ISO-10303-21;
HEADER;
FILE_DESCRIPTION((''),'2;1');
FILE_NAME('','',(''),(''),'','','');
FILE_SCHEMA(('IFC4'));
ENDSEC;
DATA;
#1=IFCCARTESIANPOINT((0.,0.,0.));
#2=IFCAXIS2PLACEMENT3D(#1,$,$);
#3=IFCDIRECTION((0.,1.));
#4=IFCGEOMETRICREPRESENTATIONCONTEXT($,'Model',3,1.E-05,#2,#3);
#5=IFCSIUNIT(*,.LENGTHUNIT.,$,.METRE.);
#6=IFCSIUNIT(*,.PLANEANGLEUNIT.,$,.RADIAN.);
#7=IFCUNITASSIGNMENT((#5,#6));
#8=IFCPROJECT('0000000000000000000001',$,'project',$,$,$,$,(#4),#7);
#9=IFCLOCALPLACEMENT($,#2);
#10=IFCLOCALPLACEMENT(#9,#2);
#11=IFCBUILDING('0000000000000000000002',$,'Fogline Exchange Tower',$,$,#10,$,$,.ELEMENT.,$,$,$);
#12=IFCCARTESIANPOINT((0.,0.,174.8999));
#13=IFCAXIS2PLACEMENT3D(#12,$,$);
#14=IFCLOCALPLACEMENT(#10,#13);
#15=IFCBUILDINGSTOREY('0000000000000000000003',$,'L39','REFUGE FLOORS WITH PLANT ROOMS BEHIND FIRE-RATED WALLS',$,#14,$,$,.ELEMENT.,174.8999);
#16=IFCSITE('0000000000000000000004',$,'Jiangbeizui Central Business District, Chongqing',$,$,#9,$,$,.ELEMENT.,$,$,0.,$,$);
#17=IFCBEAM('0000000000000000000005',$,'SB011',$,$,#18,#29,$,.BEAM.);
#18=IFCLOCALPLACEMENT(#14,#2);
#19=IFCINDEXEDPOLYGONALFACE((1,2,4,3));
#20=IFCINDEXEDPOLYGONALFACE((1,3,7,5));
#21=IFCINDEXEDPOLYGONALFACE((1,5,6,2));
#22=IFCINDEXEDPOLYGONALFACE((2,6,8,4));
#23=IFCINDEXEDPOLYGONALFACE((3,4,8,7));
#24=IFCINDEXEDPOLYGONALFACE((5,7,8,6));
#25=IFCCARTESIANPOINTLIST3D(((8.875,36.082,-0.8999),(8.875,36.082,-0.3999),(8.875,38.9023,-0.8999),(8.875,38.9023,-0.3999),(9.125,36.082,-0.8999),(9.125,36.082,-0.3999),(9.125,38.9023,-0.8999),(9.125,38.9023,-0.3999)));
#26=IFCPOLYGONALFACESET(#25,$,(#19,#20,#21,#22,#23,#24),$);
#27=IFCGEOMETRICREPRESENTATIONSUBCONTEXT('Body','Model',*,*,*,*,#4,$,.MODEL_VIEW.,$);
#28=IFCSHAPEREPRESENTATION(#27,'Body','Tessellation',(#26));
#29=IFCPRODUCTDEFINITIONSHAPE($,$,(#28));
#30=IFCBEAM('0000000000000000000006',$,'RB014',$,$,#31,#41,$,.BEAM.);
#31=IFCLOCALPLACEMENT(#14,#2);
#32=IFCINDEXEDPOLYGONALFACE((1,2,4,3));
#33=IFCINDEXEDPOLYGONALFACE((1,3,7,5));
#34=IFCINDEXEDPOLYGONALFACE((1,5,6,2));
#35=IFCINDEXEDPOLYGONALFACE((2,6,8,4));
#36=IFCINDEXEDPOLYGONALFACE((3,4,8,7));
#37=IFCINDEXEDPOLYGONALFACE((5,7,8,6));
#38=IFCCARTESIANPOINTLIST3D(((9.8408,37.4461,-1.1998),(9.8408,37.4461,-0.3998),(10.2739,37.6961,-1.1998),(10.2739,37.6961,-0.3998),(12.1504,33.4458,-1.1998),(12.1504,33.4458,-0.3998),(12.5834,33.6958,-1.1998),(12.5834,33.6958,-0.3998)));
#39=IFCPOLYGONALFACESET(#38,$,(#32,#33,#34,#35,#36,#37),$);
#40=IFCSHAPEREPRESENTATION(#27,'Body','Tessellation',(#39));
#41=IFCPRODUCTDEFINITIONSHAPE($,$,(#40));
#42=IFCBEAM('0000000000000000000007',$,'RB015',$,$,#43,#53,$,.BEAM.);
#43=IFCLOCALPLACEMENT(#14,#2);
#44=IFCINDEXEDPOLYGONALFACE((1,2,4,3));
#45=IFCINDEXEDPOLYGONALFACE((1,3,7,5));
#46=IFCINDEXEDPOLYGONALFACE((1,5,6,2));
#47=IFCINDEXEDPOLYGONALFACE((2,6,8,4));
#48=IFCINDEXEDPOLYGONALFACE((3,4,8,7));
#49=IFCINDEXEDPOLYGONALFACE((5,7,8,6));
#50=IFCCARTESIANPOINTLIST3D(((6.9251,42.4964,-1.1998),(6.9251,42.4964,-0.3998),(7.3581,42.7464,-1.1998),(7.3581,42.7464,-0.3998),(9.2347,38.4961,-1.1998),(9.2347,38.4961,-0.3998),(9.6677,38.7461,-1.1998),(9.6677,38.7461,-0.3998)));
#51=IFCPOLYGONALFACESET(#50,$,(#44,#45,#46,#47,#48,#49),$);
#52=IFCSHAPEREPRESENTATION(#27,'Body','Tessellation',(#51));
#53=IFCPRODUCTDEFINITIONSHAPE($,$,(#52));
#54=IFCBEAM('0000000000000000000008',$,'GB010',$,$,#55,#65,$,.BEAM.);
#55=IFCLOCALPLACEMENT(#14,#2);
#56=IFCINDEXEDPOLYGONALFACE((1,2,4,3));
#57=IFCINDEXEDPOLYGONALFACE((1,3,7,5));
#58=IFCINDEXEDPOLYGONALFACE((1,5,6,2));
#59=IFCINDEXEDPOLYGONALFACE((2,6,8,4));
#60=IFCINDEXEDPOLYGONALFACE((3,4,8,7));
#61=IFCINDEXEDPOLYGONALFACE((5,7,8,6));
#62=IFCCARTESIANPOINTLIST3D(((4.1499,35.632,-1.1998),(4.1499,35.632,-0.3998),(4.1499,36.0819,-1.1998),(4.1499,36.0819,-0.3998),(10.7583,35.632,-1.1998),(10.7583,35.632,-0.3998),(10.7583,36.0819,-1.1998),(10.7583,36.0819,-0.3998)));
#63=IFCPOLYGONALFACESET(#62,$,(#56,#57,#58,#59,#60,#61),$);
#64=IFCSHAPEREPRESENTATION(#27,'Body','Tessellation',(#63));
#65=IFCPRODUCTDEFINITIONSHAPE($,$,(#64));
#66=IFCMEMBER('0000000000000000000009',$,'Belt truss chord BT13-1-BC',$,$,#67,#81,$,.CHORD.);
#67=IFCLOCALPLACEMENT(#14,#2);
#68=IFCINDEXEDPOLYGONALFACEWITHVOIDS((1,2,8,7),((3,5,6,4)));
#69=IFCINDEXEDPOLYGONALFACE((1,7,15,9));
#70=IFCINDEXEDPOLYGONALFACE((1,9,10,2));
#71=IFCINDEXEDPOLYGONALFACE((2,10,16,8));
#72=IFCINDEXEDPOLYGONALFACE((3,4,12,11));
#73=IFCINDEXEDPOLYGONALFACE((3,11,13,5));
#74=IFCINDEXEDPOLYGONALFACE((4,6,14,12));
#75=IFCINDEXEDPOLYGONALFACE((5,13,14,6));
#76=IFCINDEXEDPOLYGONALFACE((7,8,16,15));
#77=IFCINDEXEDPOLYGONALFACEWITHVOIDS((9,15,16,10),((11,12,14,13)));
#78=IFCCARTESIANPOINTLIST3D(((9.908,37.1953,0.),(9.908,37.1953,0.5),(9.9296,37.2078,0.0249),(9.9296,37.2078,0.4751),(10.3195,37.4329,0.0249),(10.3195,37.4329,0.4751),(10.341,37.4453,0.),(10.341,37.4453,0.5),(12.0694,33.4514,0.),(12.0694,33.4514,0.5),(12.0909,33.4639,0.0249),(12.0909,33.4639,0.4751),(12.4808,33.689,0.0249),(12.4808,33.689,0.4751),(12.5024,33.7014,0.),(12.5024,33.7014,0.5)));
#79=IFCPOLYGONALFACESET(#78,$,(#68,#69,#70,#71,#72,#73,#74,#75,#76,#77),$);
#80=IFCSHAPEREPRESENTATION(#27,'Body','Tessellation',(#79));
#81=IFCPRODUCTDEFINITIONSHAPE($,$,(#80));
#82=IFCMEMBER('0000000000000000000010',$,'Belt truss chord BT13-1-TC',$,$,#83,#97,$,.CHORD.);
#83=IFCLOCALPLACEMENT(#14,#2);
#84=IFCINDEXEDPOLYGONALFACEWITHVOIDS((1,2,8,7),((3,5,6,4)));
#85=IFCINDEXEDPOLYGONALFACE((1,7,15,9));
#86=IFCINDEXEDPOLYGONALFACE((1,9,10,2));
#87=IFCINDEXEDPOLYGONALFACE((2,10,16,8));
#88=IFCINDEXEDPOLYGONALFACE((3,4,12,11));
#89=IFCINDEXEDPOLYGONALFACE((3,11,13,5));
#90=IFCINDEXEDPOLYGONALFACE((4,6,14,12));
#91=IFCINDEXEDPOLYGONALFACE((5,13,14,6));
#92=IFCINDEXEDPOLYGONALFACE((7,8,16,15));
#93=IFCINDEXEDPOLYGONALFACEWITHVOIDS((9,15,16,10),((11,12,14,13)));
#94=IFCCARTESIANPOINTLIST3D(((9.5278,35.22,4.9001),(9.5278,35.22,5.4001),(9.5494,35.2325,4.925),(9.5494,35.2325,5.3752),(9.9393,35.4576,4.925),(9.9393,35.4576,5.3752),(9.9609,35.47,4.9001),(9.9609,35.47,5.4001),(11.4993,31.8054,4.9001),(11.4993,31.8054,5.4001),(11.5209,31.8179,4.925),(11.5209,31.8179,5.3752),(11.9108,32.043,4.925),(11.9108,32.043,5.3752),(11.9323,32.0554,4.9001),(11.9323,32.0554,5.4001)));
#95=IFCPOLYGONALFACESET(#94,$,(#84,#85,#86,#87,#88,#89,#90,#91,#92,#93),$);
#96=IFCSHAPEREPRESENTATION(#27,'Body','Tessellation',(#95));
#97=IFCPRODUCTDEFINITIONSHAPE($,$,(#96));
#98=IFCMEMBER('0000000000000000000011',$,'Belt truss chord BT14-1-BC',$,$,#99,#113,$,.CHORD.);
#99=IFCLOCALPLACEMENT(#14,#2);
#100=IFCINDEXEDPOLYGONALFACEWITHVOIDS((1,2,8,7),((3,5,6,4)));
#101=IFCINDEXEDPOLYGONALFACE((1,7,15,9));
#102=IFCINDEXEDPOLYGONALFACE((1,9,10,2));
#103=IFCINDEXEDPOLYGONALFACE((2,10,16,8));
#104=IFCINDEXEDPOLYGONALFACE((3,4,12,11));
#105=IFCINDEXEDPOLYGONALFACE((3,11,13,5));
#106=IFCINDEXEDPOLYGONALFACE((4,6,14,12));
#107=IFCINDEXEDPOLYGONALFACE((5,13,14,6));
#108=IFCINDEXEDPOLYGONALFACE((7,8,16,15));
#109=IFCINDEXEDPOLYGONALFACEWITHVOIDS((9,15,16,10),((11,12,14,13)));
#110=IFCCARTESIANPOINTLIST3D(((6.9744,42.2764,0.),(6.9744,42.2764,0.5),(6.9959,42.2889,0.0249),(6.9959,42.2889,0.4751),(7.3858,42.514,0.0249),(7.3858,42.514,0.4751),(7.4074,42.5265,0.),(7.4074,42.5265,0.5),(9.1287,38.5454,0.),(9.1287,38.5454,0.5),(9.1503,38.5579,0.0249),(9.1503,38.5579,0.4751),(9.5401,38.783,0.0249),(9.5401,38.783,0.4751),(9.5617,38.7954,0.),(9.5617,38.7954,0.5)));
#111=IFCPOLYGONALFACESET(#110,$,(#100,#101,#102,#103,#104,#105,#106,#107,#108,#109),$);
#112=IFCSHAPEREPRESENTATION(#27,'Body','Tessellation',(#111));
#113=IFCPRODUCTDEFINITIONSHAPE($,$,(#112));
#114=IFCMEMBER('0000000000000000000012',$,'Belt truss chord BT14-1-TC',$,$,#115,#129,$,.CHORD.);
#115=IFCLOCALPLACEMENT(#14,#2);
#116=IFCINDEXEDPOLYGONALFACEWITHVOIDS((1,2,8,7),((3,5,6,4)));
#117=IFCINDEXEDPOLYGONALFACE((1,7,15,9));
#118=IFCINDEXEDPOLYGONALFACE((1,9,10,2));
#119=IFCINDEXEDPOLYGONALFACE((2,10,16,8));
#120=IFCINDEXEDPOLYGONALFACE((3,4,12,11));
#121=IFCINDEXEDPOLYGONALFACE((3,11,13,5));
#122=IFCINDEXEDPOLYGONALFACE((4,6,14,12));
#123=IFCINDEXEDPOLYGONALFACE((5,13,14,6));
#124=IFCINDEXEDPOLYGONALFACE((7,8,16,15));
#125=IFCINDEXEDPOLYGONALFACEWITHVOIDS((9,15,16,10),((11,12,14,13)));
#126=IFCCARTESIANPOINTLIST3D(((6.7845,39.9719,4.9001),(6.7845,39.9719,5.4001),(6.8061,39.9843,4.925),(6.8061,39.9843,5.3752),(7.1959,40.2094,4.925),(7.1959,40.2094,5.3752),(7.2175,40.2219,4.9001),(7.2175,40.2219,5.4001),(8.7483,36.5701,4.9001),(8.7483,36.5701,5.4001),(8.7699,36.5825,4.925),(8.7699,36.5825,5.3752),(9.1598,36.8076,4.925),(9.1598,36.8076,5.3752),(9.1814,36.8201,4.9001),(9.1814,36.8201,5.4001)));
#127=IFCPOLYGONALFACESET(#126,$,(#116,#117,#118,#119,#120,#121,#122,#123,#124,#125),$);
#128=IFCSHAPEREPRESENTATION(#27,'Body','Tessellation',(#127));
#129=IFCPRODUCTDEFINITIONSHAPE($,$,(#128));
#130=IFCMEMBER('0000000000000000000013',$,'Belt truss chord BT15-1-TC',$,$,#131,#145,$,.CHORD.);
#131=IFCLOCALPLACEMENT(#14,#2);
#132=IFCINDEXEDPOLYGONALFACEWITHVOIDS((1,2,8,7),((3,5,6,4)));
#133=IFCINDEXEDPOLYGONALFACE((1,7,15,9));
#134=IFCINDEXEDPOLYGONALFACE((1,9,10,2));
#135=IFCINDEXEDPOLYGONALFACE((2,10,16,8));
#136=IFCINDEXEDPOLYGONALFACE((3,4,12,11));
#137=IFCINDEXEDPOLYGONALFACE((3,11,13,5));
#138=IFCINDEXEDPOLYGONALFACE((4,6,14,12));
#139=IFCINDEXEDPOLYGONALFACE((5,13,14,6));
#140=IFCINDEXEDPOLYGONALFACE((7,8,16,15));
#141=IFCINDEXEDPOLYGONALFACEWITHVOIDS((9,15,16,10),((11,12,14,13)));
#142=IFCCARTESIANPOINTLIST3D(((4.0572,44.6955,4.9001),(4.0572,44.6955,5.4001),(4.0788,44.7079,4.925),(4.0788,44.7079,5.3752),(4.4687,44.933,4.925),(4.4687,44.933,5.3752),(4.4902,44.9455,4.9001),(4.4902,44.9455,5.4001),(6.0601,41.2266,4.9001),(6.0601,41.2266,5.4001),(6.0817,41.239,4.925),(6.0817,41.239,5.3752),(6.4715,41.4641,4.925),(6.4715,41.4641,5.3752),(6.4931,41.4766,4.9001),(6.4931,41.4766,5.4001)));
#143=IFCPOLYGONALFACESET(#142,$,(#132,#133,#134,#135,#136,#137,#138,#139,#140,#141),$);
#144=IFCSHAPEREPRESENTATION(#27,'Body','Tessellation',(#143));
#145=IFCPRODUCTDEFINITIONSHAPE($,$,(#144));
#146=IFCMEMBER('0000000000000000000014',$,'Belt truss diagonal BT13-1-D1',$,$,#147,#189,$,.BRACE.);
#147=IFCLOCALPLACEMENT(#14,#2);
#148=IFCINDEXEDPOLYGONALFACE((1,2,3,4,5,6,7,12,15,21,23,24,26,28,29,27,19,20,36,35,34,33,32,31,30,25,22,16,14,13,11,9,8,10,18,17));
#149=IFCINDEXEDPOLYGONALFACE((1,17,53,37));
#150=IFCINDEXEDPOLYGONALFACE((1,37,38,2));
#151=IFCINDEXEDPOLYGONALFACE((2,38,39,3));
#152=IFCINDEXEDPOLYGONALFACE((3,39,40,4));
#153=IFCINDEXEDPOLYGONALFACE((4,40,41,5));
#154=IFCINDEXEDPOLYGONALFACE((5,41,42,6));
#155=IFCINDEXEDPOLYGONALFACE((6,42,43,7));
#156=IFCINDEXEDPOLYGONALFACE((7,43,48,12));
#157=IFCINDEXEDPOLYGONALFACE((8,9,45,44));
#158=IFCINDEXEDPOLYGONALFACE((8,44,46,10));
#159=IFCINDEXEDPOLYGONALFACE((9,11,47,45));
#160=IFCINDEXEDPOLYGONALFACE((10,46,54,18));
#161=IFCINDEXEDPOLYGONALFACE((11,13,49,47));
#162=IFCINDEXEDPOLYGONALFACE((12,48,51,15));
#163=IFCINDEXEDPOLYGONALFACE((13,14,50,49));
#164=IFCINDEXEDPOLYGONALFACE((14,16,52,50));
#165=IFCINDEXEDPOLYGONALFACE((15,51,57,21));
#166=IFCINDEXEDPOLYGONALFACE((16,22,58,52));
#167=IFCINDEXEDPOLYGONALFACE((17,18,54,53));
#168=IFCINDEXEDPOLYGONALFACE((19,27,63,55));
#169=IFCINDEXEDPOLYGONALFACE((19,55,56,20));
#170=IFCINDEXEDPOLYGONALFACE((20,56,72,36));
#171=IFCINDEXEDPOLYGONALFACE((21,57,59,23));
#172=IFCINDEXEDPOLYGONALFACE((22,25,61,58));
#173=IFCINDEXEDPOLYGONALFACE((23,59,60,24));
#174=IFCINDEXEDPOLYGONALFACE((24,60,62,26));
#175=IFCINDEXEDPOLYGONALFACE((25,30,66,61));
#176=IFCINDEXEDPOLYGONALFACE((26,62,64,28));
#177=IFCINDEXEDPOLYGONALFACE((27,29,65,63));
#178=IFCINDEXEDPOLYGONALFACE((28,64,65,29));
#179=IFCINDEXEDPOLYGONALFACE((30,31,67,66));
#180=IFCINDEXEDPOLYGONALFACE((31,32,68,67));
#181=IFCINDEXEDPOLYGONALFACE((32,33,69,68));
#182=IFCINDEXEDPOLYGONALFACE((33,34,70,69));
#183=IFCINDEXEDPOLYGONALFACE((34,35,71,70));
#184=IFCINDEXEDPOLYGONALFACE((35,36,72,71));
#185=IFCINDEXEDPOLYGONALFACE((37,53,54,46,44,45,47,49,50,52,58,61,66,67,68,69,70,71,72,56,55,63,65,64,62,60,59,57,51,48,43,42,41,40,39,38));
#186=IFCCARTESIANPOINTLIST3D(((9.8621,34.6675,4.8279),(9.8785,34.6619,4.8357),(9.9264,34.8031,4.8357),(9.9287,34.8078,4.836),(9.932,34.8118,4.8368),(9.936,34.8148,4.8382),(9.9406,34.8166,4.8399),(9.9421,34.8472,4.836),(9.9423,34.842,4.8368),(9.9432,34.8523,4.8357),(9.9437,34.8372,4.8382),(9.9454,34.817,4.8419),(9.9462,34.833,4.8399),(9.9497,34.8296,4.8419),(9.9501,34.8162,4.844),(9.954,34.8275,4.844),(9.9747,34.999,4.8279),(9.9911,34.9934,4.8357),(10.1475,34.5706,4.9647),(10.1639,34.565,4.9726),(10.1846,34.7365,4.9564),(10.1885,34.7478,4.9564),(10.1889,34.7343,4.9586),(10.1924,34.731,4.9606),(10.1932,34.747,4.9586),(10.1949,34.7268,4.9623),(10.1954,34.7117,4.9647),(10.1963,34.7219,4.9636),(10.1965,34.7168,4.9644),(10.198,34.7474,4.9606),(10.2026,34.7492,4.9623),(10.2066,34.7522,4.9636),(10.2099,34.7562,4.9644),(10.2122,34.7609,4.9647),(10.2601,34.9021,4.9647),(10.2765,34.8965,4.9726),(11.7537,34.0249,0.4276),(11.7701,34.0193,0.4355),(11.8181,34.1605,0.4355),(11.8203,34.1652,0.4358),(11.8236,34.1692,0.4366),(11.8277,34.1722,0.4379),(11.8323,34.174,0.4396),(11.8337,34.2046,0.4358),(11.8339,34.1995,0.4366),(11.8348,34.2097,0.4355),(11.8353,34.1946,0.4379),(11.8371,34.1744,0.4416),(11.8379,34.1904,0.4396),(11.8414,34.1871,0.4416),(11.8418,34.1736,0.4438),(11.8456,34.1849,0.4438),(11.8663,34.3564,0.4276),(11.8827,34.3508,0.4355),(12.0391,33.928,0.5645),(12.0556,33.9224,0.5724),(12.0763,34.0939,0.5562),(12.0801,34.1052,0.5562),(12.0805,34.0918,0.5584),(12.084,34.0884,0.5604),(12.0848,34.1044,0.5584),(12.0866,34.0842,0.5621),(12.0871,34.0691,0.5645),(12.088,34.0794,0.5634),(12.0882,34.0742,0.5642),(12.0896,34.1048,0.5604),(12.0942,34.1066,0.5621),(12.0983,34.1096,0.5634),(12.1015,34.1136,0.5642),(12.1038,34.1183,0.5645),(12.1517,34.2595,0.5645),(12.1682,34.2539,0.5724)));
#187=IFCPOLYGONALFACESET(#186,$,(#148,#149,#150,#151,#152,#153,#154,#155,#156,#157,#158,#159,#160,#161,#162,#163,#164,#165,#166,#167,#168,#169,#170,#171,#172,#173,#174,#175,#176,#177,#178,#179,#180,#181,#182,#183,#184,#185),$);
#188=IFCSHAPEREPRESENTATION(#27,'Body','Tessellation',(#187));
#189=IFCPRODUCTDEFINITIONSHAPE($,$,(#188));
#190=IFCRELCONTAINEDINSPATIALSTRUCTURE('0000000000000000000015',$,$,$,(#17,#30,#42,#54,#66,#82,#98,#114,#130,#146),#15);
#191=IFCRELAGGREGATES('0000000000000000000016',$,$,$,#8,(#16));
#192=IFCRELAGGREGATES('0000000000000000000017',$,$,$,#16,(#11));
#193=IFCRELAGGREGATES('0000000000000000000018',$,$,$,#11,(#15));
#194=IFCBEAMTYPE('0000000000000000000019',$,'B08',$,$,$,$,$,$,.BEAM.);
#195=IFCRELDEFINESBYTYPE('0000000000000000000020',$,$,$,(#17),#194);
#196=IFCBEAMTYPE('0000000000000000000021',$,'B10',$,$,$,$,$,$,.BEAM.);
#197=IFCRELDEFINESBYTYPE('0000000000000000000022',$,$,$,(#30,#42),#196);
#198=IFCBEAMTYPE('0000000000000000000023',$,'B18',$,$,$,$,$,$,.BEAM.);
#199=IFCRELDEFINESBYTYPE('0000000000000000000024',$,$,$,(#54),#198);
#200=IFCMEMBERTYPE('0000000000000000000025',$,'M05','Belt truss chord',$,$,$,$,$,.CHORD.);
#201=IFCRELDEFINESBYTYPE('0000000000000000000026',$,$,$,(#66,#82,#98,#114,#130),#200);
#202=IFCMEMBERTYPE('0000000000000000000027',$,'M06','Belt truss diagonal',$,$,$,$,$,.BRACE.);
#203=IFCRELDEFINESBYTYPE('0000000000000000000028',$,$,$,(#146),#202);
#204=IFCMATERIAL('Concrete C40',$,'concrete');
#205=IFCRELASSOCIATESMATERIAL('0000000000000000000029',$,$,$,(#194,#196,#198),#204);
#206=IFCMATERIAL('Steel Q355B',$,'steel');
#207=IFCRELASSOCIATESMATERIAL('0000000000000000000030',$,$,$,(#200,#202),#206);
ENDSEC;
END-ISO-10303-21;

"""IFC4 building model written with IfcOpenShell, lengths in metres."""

from ifc_helpers import new_model, si_unit, direction, frame, origin, origin_2d, place, context, subcontext, project, spatial, rectangle, hollow_rectangle, i_section, extrude, material, material_profile, profile_set, type_object, element, save


model = new_model("IFC4")

# Units and contexts
model_context = context("Model", 3, precision=1e-05, world=origin(), true_north=direction((0.0, 1.0)))
body_context = subcontext(model_context, "Body", "Model", "MODEL_VIEW")
ifc_project = project(units=[si_unit("LENGTHUNIT", "METRE"), si_unit("PLANEANGLEUNIT", "RADIAN")], contexts=[model_context])

# Site, building, storey
site_placement = place(None, origin())
site = spatial("IfcSite", under=ifc_project, at=site_placement, Name="Jiangbeizui Central Business District, Chongqing", CompositionType="ELEMENT", RefElevation=0.0)
building_placement = place(site_placement, origin())
building = spatial("IfcBuilding", under=site, at=building_placement, Name="Fogline Exchange Tower", CompositionType="ELEMENT")
storey_placement = place(building_placement, frame((0.0, 0.0, 174.8999)))
storey = spatial("IfcBuildingStorey", under=building, at=storey_placement, Name="L39", Description="REFUGE FLOORS WITH PLANT ROOMS BEHIND FIRE-RATED WALLS", CompositionType="ELEMENT", Elevation=174.8999)

# Beams
ifc_material_1 = material(Name="Concrete C40", Category="concrete")
ifc_material_profile_1 = material_profile(ifc_material_1, rectangle(XDim=0.25, YDim=0.5, at=origin_2d()), Name="RC 250x500")
ifc_profile_set_1 = profile_set([ifc_material_profile_1], Name="Concrete C40")
beam_type_1 = type_object("IfcBeamType", Name="B08", PredefinedType="BEAM", material=ifc_profile_set_1)
beam_1_placement = place(storey_placement, frame((9.0, 36.082, -0.6499), z_axis=(0.0, 1.0, 0.0), x_axis=(-1.0, 0.0, 0.0)))
element("IfcBeam", 1, at=beam_1_placement, inside=storey, type_object=beam_type_1, Name="SB011", PredefinedType="BEAM", context=body_context, shape_type="SweptSolid", body=[
    extrude(rectangle(XDim=0.25, YDim=0.5, at=origin_2d()), origin(), (0.0, 0.0, 1.0), 2.8203),
])
ifc_material_profile_2 = material_profile(ifc_material_1, rectangle(XDim=0.5, YDim=0.8, at=origin_2d()), Name="RC 500x800")
ifc_profile_set_2 = profile_set([ifc_material_profile_2], Name="Concrete C40")
beam_type_2 = type_object("IfcBeamType", Name="B10", PredefinedType="BEAM", material=ifc_profile_set_2)
for number, where, z_axis, x_axis, name in (
    (2, (12.3669, 33.5708, -0.7998), (-0.500005, 0.866023, 0.0), (-0.866023, -0.500005, 0.0), "RB014"),
    (3, (9.4512, 38.6211, -0.7998), (-0.500005, 0.866023, 0.0), (-0.866023, -0.500005, 0.0), "RB015"),
):
    element("IfcBeam", number, at=place(storey_placement, frame(where, z_axis=z_axis, x_axis=x_axis)), inside=storey, type_object=beam_type_2, Name=name, PredefinedType="BEAM", context=body_context, shape_type="SweptSolid", body=[
        extrude(rectangle(XDim=0.5, YDim=0.8, at=origin_2d()), origin(), (0.0, 0.0, 1.0), 4.6191),
    ])
ifc_material_profile_3 = material_profile(ifc_material_1, rectangle(XDim=0.45, YDim=0.8, at=origin_2d()), Name="RC 450x800")
ifc_profile_set_3 = profile_set([ifc_material_profile_3], Name="Concrete C40")
beam_type_3 = type_object("IfcBeamType", Name="B18", PredefinedType="BEAM", material=ifc_profile_set_3)
beam_2_placement = place(storey_placement, frame((4.1499, 35.8569, -0.7998), z_axis=(1.0, 0.0, 0.0), x_axis=(0.0, 1.0, 0.0)))
element("IfcBeam", 4, at=beam_2_placement, inside=storey, type_object=beam_type_3, Name="GB010", PredefinedType="BEAM", context=body_context, shape_type="SweptSolid", body=[
    extrude(rectangle(XDim=0.45, YDim=0.8, at=origin_2d()), origin(), (0.0, 0.0, 1.0), 6.6084),
])

# Members
ifc_material_2 = material(Name="Steel Q355B", Category="steel")
ifc_material_profile_4 = material_profile(ifc_material_2, hollow_rectangle(XDim=0.5, YDim=0.5, WallThickness=0.0249, at=origin_2d()), Name="BOX500X500X25")
ifc_profile_set_4 = profile_set([ifc_material_profile_4], Name="Steel Q355B")
member_type_1 = type_object("IfcMemberType", Name="M05", Description="Belt truss chord", PredefinedType="CHORD", material=ifc_profile_set_4)
member_1_placement = place(storey_placement, frame((12.2859, 33.5764, 0.25), z_axis=(-0.499972, 0.866042, 0.0), x_axis=(-0.866042, -0.499972, 0.0)))
element("IfcMember", 5, at=member_1_placement, inside=storey, type_object=member_type_1, Name="Belt truss chord BT13-1-BC", PredefinedType="CHORD", context=body_context, shape_type="SweptSolid", body=[
    extrude(hollow_rectangle(XDim=0.5, YDim=0.5, WallThickness=0.0249, at=origin_2d()), origin(), (0.0, 0.0, 1.0), 4.323),
])
member_2_placement = place(storey_placement, frame((11.7158, 31.9304, 5.1501), z_axis=(-0.500008, 0.866021, 0.0), x_axis=(-0.866021, -0.500008, 0.0)))
element("IfcMember", 6, at=member_2_placement, inside=storey, type_object=member_type_1, Name="Belt truss chord BT13-1-TC", PredefinedType="CHORD", context=body_context, shape_type="SweptSolid", body=[
    extrude(hollow_rectangle(XDim=0.5, YDim=0.5, WallThickness=0.0249, at=origin_2d()), origin(), (0.0, 0.0, 1.0), 3.9429),
])
member_3_placement = place(storey_placement, frame((9.3452, 38.6704, 0.25), z_axis=(-0.50004, 0.866003, 0.0), x_axis=(-0.866003, -0.50004, 0.0)))
element("IfcMember", 7, at=member_3_placement, inside=storey, type_object=member_type_1, Name="Belt truss chord BT14-1-BC", PredefinedType="CHORD", context=body_context, shape_type="SweptSolid", body=[
    extrude(hollow_rectangle(XDim=0.5, YDim=0.5, WallThickness=0.0249, at=origin_2d()), origin(), (0.0, 0.0, 1.0), 4.3083),
])
member_4_placement = place(storey_placement, frame((8.9648, 36.6951, 5.1501), z_axis=(-0.499963, 0.866047, 0.0), x_axis=(-0.866047, -0.499963, 0.0)))
element("IfcMember", 8, at=member_4_placement, inside=storey, type_object=member_type_1, Name="Belt truss chord BT14-1-TC", PredefinedType="CHORD", context=body_context, shape_type="SweptSolid", body=[
    extrude(hollow_rectangle(XDim=0.5, YDim=0.5, WallThickness=0.0249, at=origin_2d()), origin(), (0.0, 0.0, 1.0), 3.928),
])
member_5_placement = place(storey_placement, frame((6.2766, 41.3516, 5.1501), z_axis=(-0.50002, 0.866014, 0.0), x_axis=(-0.866014, -0.50002, 0.0)))
element("IfcMember", 9, at=member_5_placement, inside=storey, type_object=member_type_1, Name="Belt truss chord BT15-1-TC", PredefinedType="CHORD", context=body_context, shape_type="SweptSolid", body=[
    extrude(hollow_rectangle(XDim=0.5, YDim=0.5, WallThickness=0.0249, at=origin_2d()), origin(), (0.0, 0.0, 1.0), 4.0056),
])
ifc_material_profile_5 = material_profile(ifc_material_2, i_section(OverallWidth=0.3501, OverallDepth=0.3501, WebThickness=0.012, FlangeThickness=0.019, FilletRadius=0.02, at=origin_2d()), Name="HW350X350X12X19")
ifc_profile_set_5 = profile_set([ifc_material_profile_5], Name="Steel Q355B")
member_type_2 = type_object("IfcMemberType", Name="M06", Description="Belt truss diagonal", PredefinedType="BRACE", material=ifc_profile_set_5)
member_6_placement = place(storey_placement, frame((11.9609, 34.1394, 0.5), z_axis=(-0.391439, 0.132972, 0.910546), x_axis=(-0.321649, -0.946859, 0.0)))
element("IfcMember", 10, at=member_6_placement, inside=storey, type_object=member_type_2, Name="Belt truss diagonal BT13-1-D1", PredefinedType="BRACE", context=body_context, shape_type="SweptSolid", body=[
    extrude(i_section(OverallWidth=0.3501, OverallDepth=0.3501, WebThickness=0.012, FlangeThickness=0.019, FilletRadius=0.02, at=origin_2d()), origin(), (0.0, 0.0, 1.0), 4.8325),
])

save(model, "model.ifc")
